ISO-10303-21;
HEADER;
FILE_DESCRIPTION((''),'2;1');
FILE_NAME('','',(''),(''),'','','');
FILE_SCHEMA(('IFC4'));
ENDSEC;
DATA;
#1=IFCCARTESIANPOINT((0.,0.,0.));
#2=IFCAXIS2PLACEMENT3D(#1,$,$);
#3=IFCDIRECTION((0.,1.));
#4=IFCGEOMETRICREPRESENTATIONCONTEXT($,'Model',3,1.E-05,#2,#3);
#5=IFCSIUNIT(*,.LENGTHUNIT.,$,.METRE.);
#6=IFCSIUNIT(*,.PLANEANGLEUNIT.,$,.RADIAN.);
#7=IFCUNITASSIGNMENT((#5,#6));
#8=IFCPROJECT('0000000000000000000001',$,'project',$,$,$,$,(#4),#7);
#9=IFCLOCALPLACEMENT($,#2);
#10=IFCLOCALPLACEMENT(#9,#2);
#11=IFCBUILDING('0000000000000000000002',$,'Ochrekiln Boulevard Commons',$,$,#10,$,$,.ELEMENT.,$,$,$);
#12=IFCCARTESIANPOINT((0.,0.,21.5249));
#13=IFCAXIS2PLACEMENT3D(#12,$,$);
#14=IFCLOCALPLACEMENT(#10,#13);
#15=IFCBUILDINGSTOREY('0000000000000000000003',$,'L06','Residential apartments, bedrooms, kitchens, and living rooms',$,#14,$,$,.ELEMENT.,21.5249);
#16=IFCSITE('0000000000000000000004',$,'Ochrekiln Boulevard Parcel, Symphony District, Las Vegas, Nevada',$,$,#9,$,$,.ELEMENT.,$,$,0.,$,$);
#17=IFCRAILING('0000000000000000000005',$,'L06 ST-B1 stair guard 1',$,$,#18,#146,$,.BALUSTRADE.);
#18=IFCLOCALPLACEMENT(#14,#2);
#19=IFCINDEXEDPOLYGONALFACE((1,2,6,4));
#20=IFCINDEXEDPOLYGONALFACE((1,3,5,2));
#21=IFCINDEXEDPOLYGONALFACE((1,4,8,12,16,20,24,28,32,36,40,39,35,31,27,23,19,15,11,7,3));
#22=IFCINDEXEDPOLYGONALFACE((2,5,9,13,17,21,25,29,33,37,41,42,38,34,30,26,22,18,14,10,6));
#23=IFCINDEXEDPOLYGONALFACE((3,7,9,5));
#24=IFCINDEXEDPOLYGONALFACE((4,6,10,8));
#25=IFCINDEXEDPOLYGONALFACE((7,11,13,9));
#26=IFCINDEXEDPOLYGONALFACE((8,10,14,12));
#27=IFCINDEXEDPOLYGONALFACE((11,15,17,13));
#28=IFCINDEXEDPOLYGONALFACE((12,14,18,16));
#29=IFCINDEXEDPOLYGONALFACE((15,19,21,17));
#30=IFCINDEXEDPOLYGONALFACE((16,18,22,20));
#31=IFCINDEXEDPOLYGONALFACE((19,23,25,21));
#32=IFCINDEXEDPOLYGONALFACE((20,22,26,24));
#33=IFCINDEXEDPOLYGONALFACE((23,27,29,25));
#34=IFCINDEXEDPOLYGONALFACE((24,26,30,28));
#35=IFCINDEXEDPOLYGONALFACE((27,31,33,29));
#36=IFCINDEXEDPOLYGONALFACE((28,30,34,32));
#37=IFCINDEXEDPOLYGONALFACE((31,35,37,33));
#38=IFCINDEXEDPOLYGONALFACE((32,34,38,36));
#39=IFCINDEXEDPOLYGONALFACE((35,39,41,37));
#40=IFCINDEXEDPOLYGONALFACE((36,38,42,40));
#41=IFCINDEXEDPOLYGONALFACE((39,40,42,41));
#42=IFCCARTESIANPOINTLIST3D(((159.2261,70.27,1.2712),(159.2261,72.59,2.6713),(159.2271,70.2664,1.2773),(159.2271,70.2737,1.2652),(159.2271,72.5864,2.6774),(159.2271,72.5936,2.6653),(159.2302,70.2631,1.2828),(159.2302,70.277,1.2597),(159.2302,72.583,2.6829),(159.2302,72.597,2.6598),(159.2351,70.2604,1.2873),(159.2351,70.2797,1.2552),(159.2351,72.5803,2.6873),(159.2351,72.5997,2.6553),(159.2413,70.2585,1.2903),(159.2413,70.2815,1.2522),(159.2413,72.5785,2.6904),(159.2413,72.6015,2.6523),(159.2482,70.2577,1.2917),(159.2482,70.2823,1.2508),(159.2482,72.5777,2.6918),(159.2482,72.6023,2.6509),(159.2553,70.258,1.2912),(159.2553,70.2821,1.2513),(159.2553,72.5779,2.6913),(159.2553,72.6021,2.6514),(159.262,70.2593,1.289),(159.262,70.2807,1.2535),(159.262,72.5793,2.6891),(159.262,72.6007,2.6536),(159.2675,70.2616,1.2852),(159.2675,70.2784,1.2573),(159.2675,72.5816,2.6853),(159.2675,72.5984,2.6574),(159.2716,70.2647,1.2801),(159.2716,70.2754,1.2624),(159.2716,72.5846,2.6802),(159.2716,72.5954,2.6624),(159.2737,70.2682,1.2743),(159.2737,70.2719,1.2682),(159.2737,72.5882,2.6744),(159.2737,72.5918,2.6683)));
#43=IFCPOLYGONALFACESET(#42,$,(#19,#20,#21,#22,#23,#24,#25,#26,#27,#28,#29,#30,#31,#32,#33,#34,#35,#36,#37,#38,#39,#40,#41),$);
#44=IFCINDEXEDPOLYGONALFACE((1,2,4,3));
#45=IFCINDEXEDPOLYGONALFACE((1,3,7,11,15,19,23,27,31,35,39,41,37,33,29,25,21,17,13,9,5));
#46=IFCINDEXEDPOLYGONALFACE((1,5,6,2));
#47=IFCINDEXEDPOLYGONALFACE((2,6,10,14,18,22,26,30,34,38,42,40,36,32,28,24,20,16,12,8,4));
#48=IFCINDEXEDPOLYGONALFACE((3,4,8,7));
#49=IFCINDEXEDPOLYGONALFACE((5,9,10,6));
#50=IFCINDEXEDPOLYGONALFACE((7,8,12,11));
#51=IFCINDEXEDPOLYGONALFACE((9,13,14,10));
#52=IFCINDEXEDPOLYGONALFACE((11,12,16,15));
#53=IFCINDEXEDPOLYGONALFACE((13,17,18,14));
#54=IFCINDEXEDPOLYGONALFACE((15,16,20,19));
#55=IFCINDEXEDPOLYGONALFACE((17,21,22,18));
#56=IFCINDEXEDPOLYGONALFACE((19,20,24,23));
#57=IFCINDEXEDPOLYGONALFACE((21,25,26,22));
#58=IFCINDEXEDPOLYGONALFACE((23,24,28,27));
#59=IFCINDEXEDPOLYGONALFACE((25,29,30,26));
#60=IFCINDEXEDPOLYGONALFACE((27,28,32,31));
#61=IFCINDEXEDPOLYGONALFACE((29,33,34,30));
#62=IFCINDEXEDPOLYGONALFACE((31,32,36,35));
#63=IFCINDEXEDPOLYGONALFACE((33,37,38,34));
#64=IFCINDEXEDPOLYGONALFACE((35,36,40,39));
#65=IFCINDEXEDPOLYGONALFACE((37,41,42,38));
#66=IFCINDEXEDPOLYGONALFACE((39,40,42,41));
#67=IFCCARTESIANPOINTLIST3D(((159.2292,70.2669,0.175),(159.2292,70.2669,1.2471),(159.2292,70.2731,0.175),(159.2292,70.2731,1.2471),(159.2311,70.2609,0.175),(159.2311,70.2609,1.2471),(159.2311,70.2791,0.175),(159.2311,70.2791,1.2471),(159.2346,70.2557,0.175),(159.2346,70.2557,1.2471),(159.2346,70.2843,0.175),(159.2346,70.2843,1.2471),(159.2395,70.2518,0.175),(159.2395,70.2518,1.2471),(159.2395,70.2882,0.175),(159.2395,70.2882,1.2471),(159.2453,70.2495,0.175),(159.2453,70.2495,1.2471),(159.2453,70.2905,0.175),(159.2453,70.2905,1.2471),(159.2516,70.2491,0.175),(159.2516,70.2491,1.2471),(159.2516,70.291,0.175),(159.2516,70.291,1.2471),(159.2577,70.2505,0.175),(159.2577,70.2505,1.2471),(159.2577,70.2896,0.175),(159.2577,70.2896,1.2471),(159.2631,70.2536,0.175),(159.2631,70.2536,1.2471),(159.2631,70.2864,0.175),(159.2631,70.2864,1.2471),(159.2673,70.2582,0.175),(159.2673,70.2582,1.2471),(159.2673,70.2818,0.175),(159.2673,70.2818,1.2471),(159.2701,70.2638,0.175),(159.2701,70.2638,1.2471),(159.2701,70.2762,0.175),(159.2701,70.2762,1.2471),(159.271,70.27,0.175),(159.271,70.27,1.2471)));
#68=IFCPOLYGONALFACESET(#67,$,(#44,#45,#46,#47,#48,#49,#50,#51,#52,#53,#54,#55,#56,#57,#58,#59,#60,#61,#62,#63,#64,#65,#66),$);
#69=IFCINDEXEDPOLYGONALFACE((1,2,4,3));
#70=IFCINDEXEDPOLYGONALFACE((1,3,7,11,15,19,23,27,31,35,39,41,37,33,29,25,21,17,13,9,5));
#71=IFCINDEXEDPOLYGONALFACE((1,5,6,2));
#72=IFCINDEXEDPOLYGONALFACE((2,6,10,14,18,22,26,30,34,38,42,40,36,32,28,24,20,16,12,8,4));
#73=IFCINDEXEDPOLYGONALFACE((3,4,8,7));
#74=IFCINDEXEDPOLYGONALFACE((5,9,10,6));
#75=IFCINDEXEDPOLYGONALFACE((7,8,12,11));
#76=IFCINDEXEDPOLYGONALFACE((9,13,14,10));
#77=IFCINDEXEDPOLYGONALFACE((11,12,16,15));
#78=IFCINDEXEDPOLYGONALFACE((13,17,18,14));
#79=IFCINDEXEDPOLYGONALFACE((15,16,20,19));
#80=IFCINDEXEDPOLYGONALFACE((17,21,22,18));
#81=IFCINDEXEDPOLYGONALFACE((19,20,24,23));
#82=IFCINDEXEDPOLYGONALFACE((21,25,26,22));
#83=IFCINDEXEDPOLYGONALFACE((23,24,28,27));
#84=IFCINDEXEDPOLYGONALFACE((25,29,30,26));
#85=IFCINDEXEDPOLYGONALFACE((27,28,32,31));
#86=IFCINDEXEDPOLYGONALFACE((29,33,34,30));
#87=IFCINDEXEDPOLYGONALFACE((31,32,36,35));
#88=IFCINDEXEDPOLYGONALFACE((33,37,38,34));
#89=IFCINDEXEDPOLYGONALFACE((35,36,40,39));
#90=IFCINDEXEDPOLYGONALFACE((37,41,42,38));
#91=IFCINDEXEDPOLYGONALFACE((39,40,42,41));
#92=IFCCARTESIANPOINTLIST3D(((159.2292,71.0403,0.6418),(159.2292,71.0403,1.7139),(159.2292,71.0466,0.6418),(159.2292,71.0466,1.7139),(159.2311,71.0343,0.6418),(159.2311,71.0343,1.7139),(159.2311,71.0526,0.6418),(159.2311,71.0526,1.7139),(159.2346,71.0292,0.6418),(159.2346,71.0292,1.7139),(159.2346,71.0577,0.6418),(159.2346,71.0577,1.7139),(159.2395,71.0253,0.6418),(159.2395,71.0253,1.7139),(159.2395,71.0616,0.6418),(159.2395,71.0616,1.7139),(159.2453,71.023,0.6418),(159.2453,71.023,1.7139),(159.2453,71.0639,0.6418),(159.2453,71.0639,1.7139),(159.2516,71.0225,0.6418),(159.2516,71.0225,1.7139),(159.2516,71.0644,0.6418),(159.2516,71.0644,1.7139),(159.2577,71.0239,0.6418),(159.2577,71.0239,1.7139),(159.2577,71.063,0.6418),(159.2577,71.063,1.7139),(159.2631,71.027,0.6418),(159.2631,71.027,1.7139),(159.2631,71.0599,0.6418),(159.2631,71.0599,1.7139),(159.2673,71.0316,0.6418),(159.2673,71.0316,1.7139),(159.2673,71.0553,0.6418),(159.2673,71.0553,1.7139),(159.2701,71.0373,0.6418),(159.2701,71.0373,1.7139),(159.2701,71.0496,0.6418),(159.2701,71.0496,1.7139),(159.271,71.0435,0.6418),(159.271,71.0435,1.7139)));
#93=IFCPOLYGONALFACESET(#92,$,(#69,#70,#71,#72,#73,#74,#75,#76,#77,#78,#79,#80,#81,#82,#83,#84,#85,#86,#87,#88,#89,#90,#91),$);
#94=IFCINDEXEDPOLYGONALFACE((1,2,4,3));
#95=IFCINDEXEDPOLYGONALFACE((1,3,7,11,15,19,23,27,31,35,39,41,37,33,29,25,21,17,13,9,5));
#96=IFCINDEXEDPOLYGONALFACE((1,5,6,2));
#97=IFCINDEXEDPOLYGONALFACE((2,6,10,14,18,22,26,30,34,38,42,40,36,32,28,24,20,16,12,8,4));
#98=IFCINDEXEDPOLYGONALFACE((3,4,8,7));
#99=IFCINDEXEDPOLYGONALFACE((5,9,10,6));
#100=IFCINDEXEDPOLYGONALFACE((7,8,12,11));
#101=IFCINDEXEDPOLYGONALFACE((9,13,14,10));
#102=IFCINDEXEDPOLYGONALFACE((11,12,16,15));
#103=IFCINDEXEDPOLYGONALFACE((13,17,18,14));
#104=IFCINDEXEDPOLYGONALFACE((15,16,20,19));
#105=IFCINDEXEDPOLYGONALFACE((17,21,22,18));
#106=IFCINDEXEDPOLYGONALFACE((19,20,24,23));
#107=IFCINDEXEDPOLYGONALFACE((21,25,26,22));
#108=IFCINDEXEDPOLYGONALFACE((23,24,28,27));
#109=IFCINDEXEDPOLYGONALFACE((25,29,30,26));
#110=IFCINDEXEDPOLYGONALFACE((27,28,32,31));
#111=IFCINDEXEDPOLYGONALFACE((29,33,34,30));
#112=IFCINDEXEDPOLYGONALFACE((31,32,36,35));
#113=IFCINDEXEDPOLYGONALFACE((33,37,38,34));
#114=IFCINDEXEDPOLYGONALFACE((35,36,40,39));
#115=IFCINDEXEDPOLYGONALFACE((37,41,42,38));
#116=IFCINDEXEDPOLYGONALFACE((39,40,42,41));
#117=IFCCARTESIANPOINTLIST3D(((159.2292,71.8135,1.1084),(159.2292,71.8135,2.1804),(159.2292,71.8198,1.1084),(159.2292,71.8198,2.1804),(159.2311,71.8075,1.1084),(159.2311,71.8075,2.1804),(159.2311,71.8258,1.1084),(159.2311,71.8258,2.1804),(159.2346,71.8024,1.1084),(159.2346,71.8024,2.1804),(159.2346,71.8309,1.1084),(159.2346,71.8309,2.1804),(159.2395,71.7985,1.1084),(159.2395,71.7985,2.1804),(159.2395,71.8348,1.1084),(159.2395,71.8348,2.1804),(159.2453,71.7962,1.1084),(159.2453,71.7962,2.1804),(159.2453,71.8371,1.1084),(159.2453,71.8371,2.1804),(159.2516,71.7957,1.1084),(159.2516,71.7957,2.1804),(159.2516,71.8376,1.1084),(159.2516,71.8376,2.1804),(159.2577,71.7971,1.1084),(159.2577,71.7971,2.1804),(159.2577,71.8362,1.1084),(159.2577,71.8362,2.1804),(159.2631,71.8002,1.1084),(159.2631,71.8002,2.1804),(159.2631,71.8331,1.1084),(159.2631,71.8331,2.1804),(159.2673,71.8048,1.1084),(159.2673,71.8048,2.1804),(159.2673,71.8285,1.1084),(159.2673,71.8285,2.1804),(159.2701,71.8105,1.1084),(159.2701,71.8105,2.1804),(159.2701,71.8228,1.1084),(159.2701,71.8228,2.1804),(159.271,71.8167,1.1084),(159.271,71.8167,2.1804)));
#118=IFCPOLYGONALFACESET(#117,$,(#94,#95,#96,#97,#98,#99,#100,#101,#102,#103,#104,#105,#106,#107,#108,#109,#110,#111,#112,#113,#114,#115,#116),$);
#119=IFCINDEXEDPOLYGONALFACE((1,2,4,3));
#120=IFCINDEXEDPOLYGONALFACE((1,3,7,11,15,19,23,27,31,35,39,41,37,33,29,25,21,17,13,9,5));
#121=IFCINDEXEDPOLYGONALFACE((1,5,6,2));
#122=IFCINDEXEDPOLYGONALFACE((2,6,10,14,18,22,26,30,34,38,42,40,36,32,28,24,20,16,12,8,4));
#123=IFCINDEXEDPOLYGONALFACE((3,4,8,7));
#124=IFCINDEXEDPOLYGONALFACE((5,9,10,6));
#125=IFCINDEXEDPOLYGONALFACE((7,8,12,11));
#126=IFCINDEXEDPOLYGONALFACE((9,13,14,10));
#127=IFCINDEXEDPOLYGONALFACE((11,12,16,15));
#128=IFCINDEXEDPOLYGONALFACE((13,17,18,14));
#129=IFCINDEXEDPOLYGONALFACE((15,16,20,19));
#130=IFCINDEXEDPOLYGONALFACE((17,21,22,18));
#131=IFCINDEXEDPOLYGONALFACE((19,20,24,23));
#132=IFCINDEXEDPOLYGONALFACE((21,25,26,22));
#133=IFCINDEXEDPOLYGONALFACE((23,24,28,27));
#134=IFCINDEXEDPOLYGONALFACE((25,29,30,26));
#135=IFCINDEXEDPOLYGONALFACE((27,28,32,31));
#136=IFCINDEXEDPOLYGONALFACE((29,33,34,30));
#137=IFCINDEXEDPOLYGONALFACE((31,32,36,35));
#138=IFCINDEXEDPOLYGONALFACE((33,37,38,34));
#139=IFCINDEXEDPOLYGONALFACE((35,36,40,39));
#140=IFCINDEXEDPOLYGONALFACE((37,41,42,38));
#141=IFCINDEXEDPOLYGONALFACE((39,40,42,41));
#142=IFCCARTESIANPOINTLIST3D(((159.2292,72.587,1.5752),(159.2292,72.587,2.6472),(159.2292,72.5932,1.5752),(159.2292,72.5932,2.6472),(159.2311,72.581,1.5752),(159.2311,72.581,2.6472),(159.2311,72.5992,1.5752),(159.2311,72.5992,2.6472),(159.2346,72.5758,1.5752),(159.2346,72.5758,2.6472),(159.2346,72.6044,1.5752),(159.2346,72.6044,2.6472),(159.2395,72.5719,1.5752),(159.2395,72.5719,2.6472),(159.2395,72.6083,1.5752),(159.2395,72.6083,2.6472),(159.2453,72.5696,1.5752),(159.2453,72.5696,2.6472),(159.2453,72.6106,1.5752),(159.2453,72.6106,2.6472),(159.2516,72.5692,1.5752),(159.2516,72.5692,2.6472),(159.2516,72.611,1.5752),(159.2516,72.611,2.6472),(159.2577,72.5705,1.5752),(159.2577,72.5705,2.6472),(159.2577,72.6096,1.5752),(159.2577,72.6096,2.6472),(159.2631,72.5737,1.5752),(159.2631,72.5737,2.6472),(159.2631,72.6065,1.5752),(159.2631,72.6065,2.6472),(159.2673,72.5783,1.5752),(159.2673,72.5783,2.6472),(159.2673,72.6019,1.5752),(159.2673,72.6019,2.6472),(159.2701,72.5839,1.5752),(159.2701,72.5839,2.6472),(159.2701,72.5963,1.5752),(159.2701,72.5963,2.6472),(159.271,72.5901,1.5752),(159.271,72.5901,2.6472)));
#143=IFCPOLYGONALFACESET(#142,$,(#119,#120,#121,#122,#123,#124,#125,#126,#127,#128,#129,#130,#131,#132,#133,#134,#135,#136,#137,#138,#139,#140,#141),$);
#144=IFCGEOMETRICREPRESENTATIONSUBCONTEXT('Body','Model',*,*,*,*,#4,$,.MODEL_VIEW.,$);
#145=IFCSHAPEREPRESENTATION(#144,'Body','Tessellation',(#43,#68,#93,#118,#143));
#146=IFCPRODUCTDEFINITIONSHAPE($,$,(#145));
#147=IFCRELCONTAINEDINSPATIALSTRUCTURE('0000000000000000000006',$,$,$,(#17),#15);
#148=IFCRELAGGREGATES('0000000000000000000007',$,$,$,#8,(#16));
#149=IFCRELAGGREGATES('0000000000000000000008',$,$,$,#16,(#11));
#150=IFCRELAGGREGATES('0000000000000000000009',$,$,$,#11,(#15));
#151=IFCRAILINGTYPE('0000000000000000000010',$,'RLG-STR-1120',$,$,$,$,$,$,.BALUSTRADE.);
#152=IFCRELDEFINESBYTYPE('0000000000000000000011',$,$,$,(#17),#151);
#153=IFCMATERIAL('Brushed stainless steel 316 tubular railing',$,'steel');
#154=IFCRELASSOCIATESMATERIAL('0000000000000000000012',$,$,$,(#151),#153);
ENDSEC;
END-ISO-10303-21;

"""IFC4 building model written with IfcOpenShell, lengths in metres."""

from ifc_helpers import new_model, si_unit, direction, frame, origin, origin_2d, place, context, subcontext, project, spatial, circle, extrude, material, type_object, element, save


model = new_model("IFC4")

# Units and contexts
model_context = context("Model", 3, precision=1e-05, world=origin(), true_north=direction((0.0, 1.0)))
body_context = subcontext(model_context, "Body", "Model", "MODEL_VIEW")
ifc_project = project(units=[si_unit("LENGTHUNIT", "METRE"), si_unit("PLANEANGLEUNIT", "RADIAN")], contexts=[model_context])

# Site, building, storey
site_placement = place(None, origin())
site = spatial("IfcSite", under=ifc_project, at=site_placement, Name="Ochrekiln Boulevard Parcel, Symphony District, Las Vegas, Nevada", CompositionType="ELEMENT", RefElevation=0.0)
building_placement = place(site_placement, origin())
building = spatial("IfcBuilding", under=site, at=building_placement, Name="Ochrekiln Boulevard Commons", CompositionType="ELEMENT")
storey_placement = place(building_placement, frame((0.0, 0.0, 21.5249)))
storey = spatial("IfcBuildingStorey", under=building, at=storey_placement, Name="L06", Description="Residential apartments, bedrooms, kitchens, and living rooms", CompositionType="ELEMENT", Elevation=21.5249)

# Railing
ifc_material_1 = material(Name="Brushed stainless steel 316 tubular railing", Category="steel")
railing_type_1 = type_object("IfcRailingType", Name="RLG-STR-1120", PredefinedType="BALUSTRADE", material=ifc_material_1)
railing_1_placement = place(storey_placement, frame((159.25, 70.27, 0.175)))
element("IfcRailing", 1, at=railing_1_placement, inside=storey, type_object=railing_type_1, Name="L06 ST-B1 stair guard 1", PredefinedType="BALUSTRADE", context=body_context, shape_type="SweptSolid", body=[
    extrude(circle(Radius=0.0239, at=origin_2d()), frame((0.0, 0.0, 1.0962), z_axis=(0.0, 0.85617, 0.516693), x_axis=(-1.0, 0.0, 0.0)), (0.0, 0.0, 1.0), 2.7097),
    extrude(circle(Radius=0.021, at=origin_2d()), origin(), (0.0, 0.0, 1.0), 1.072),
    extrude(circle(Radius=0.021, at=origin_2d()), frame((0.0, 0.7734, 0.4668)), (0.0, 0.0, 1.0), 1.072),
    extrude(circle(Radius=0.021, at=origin_2d()), frame((0.0, 1.5466, 0.9333)), (0.0, 0.0, 1.0), 1.072),
    extrude(circle(Radius=0.021, at=origin_2d()), frame((0.0, 2.3201, 1.4001)), (0.0, 0.0, 1.0), 1.072),
])

save(model, "model.ifc")
